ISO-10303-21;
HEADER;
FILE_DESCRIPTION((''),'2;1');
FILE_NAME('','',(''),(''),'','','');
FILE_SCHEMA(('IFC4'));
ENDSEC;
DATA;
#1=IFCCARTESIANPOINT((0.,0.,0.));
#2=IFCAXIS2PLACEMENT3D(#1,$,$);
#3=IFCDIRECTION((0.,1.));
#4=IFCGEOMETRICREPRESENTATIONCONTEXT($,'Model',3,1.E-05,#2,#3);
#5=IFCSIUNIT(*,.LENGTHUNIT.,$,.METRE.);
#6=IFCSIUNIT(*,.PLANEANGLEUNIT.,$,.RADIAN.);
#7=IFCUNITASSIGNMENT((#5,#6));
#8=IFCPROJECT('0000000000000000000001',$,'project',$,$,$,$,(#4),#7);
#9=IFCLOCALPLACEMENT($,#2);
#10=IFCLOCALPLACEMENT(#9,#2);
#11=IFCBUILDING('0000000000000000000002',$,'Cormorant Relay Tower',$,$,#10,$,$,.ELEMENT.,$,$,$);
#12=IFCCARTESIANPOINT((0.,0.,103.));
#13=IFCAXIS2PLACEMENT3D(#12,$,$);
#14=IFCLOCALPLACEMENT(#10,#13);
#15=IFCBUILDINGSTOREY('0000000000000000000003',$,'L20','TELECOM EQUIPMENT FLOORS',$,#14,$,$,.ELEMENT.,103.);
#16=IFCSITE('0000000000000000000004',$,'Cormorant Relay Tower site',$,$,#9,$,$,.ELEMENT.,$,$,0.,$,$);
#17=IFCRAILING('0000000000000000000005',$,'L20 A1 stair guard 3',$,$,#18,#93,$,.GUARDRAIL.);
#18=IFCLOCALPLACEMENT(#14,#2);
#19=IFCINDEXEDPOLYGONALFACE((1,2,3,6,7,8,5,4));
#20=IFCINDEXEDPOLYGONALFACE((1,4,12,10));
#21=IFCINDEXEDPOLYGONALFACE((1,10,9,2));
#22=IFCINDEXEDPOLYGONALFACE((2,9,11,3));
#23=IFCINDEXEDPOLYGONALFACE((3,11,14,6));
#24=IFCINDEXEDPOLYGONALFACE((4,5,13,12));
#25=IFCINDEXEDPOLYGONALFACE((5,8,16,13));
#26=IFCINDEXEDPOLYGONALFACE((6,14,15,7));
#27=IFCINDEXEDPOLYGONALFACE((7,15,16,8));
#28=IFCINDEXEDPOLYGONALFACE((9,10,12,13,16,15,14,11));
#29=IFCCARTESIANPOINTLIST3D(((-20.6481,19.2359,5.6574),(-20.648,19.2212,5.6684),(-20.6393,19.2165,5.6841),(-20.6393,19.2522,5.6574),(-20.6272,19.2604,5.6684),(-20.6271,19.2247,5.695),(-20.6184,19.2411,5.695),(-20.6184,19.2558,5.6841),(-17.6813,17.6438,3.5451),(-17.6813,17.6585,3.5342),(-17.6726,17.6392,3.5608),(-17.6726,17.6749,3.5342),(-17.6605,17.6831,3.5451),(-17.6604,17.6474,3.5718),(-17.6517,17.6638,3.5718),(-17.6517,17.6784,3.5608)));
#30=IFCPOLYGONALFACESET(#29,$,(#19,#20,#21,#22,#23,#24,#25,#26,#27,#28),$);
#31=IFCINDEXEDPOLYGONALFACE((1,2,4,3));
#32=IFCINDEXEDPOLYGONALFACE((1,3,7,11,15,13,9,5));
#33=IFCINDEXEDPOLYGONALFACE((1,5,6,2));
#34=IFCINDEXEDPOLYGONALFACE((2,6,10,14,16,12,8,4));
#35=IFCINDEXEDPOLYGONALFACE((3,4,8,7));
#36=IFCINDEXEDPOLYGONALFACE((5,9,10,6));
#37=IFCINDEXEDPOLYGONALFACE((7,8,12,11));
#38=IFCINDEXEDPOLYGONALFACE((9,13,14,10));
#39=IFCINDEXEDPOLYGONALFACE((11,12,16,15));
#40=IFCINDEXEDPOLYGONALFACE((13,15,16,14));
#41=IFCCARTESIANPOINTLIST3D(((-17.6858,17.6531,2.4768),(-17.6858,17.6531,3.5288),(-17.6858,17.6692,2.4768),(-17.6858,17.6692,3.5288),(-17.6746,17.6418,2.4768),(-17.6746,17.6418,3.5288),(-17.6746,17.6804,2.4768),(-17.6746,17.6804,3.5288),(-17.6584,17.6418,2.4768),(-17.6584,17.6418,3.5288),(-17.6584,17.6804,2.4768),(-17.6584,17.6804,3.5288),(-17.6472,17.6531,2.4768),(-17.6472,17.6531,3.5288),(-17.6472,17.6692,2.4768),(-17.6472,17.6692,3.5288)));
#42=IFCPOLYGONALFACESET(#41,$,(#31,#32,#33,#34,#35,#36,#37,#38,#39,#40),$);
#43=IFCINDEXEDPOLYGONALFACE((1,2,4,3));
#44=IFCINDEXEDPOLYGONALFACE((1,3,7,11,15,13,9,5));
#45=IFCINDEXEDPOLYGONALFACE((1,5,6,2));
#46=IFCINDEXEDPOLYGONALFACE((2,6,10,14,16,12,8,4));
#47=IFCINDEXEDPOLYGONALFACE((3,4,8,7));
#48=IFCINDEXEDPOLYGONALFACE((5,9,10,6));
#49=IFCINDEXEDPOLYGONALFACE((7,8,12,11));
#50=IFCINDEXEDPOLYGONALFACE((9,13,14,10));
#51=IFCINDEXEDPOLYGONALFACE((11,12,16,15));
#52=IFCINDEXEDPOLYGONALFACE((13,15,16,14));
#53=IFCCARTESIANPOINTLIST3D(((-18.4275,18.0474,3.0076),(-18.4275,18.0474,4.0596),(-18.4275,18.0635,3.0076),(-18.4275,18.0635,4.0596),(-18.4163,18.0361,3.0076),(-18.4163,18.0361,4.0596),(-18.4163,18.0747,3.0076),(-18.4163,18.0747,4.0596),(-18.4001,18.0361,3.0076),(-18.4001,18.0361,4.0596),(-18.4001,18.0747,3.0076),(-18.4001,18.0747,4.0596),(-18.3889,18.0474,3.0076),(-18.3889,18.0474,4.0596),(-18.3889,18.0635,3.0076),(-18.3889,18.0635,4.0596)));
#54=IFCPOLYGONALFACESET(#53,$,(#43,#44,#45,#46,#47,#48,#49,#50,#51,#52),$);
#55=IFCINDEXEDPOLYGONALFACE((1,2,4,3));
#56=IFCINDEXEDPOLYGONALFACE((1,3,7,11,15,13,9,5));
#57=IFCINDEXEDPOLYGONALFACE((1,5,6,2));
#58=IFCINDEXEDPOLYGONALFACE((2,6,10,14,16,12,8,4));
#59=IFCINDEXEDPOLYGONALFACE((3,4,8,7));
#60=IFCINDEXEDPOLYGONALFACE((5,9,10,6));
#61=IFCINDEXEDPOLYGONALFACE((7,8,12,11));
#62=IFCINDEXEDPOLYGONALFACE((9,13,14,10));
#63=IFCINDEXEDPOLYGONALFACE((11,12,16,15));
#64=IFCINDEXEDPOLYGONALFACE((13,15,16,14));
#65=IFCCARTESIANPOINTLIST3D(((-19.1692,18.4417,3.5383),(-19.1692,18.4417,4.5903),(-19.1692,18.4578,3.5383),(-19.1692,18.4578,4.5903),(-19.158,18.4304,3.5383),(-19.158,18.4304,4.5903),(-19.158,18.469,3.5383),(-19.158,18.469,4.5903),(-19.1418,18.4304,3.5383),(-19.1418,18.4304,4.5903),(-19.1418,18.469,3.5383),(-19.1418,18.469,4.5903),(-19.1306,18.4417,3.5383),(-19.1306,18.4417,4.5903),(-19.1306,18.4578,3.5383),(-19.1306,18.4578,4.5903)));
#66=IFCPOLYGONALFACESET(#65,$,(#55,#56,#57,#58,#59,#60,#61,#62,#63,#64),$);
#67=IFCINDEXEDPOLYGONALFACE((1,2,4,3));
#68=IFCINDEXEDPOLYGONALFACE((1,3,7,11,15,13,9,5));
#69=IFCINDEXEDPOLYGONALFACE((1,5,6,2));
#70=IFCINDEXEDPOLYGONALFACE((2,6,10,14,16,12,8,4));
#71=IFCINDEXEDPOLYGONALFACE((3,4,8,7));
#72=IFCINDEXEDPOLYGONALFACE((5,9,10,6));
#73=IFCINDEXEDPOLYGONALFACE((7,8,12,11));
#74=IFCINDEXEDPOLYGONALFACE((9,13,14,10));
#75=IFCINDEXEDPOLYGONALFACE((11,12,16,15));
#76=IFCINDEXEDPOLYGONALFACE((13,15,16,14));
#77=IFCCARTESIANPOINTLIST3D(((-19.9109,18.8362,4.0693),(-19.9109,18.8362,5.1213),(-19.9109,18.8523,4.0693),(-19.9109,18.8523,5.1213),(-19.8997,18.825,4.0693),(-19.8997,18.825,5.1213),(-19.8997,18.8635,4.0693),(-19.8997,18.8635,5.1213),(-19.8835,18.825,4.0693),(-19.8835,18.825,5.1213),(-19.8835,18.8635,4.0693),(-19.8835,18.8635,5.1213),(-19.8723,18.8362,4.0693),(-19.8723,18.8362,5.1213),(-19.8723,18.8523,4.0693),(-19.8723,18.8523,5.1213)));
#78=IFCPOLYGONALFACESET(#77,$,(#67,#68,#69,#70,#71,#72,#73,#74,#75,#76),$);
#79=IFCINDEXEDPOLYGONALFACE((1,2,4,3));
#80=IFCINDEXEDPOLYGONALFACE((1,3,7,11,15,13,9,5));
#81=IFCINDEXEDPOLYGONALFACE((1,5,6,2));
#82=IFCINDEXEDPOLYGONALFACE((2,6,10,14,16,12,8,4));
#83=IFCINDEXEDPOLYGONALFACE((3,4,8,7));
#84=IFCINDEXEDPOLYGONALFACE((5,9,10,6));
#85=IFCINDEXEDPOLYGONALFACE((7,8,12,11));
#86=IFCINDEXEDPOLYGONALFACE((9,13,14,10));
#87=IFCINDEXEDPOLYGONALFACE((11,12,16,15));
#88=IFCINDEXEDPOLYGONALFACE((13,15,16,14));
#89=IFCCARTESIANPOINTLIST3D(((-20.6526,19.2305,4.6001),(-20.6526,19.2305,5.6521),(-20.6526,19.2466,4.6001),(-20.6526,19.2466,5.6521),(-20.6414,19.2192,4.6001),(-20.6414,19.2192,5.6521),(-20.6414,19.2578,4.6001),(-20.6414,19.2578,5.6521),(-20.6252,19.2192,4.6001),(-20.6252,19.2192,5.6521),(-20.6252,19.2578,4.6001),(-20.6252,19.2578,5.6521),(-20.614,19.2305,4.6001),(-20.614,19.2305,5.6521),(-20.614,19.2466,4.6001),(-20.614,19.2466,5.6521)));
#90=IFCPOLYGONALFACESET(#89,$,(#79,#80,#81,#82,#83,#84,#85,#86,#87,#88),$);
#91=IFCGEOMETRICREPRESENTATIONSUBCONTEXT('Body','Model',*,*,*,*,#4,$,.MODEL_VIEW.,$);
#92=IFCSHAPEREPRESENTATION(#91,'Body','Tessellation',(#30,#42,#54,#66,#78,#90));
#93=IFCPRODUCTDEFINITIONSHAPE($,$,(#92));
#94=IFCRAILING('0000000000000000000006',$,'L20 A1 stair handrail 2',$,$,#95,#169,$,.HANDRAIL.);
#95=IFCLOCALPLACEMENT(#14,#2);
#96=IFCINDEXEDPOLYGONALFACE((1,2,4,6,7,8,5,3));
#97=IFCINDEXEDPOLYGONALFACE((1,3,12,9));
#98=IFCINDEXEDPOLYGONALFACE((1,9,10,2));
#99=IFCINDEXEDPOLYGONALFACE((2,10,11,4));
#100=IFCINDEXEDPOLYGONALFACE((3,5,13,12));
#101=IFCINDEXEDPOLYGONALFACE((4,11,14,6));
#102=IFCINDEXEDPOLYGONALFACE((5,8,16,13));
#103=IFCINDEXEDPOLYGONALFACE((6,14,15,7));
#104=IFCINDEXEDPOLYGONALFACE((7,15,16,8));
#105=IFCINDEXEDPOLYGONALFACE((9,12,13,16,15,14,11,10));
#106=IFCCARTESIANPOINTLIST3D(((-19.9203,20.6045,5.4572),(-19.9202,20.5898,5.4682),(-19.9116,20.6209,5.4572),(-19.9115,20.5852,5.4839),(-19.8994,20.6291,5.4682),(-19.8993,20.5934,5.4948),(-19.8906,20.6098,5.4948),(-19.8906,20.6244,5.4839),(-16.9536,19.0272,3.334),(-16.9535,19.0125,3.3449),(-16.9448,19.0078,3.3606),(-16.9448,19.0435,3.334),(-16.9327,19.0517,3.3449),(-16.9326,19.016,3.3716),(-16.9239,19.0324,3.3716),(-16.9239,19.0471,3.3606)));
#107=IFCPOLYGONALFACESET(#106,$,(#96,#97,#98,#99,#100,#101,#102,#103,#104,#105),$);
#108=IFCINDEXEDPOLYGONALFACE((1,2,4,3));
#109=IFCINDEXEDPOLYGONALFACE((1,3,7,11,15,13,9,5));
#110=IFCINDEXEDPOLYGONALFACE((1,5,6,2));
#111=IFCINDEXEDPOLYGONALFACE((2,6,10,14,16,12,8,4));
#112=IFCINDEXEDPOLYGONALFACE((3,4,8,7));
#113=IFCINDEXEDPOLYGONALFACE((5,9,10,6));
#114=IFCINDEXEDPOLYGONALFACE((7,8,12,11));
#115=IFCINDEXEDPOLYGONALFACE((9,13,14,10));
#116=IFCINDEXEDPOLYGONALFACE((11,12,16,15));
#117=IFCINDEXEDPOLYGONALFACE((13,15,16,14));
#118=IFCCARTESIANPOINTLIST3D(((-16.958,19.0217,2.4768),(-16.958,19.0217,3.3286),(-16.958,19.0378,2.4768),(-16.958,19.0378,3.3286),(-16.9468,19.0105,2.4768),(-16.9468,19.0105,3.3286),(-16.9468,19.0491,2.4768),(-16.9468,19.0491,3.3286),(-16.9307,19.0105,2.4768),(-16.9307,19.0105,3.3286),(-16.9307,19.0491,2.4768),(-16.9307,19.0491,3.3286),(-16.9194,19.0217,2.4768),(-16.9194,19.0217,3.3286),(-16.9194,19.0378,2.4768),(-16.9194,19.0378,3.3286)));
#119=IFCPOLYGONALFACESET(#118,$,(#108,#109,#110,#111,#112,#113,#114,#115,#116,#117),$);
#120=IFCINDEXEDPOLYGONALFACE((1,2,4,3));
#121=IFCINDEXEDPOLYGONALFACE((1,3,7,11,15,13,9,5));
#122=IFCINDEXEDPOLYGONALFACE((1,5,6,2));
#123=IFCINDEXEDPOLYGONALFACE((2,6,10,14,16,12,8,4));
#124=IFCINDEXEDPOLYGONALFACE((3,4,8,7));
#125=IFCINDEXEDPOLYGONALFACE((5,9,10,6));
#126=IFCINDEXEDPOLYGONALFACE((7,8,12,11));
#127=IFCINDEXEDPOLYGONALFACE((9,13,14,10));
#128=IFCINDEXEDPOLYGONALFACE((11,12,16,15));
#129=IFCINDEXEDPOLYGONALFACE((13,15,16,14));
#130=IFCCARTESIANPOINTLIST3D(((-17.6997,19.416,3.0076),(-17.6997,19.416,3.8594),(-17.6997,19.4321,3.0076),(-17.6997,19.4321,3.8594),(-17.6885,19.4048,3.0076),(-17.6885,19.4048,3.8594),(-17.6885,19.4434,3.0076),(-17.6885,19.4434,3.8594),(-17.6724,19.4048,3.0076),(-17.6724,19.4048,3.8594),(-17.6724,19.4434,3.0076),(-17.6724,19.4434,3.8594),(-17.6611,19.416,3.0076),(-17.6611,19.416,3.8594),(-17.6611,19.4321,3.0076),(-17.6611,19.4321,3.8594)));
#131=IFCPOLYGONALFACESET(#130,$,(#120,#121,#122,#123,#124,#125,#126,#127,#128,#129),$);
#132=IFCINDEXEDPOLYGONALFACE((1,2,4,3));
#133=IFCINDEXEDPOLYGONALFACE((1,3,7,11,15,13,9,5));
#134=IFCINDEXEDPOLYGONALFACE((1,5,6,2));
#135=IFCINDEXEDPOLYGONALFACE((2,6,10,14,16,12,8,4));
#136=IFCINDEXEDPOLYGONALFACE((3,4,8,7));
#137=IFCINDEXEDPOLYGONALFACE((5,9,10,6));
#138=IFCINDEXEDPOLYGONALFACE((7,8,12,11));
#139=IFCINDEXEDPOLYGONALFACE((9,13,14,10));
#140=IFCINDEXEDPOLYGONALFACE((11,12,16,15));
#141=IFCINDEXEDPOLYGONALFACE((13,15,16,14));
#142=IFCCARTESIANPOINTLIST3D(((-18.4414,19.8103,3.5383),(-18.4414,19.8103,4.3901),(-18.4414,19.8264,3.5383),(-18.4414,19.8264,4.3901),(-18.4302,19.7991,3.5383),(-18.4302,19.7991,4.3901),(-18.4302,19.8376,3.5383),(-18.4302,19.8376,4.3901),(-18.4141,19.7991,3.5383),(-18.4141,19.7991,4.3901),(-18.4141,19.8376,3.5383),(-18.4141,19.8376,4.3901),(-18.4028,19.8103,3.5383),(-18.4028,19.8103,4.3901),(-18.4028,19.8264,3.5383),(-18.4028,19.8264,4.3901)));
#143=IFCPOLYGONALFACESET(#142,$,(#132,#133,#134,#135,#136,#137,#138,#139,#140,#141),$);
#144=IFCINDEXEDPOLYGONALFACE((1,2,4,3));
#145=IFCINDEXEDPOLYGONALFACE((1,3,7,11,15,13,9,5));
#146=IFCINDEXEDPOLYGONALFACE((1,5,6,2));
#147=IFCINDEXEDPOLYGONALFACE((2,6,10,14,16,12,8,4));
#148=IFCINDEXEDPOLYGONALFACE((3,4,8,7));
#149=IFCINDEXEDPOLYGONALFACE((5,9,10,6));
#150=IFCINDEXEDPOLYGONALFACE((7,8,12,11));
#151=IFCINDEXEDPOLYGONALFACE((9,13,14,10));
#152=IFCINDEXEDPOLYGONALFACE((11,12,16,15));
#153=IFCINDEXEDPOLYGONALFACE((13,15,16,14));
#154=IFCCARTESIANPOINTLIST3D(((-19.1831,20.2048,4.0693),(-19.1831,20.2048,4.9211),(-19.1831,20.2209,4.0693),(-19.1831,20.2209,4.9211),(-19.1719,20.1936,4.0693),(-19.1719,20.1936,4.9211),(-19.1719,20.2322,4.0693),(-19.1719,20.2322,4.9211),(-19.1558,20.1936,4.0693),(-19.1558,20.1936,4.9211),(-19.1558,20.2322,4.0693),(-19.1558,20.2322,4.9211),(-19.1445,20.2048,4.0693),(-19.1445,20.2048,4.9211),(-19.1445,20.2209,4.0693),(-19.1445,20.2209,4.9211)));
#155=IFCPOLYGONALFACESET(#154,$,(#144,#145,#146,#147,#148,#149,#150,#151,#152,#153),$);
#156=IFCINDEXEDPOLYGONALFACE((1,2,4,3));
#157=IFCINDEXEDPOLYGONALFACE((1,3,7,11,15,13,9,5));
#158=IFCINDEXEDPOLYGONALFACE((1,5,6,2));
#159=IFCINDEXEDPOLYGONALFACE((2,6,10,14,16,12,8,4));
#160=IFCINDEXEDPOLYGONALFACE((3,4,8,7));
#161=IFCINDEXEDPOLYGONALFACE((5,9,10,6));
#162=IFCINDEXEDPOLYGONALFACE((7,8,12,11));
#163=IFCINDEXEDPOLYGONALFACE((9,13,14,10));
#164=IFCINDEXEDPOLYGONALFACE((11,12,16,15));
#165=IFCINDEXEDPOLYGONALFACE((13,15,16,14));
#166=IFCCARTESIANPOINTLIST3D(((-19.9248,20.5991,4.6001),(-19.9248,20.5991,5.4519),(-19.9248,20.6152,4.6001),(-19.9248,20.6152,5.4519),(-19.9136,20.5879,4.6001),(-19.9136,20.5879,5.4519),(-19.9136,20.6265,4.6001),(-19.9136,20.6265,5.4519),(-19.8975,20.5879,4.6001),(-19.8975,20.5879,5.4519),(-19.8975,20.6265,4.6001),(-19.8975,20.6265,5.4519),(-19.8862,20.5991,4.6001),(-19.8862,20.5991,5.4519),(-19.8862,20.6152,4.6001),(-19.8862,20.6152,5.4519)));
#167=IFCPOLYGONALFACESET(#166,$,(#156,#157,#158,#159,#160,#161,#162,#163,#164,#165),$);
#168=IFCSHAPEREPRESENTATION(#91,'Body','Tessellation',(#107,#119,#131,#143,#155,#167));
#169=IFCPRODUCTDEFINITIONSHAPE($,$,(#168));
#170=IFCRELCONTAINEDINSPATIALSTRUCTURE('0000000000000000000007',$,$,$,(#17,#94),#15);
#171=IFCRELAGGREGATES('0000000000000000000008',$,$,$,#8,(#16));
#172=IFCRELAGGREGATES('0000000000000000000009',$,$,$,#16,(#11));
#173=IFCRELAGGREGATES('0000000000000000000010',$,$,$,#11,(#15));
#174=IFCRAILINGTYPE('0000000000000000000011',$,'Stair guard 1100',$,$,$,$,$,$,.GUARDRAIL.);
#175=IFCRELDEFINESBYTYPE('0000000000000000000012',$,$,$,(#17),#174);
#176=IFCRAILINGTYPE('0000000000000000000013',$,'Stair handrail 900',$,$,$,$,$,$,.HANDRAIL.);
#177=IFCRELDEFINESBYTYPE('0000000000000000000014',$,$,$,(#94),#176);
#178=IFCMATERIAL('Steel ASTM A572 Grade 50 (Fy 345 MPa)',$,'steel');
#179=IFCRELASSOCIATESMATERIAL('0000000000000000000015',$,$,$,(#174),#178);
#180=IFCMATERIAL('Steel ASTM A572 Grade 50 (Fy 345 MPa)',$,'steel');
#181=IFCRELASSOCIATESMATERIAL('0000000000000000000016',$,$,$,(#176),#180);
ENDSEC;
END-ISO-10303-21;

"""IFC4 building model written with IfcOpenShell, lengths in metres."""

from ifc_helpers import new_model, si_unit, direction, frame, origin, place, context, subcontext, project, spatial, polyline, outline, extrude, material, type_object, element, save


model = new_model("IFC4")

# Units and contexts
model_context = context("Model", 3, precision=1e-05, world=origin(), true_north=direction((0.0, 1.0)))
body_context = subcontext(model_context, "Body", "Model", "MODEL_VIEW")
ifc_project = project(units=[si_unit("LENGTHUNIT", "METRE"), si_unit("PLANEANGLEUNIT", "RADIAN")], contexts=[model_context])

# Site, building, storey
site_placement = place(None, origin())
site = spatial("IfcSite", under=ifc_project, at=site_placement, Name="Cormorant Relay Tower site", CompositionType="ELEMENT", RefElevation=0.0)
building_placement = place(site_placement, origin())
building = spatial("IfcBuilding", under=site, at=building_placement, Name="Cormorant Relay Tower", CompositionType="ELEMENT")
storey_placement = place(building_placement, frame((0.0, 0.0, 103.0)))
storey = spatial("IfcBuildingStorey", under=building, at=storey_placement, Name="L20", Description="TELECOM EQUIPMENT FLOORS", CompositionType="ELEMENT", Elevation=103.0)

# Railings
ifc_material_1 = material(Name="Steel ASTM A572 Grade 50 (Fy 345 MPa)", Category="steel")
railing_type_1 = type_object("IfcRailingType", Name="Stair guard 1100", PredefinedType="GUARDRAIL", material=ifc_material_1)
railing_1_placement = place(storey_placement, frame((-17.6665, 17.6611, 2.4768)))
element("IfcRailing", 1, at=railing_1_placement, inside=storey, type_object=railing_type_1, Name="L20 A1 stair guard 3", PredefinedType="GUARDRAIL", context=body_context, shape_type="SweptSolid", body=[
    extrude(outline(polyline([(0.0222, 0.0093), (0.0093, 0.0222), (-0.0093, 0.0222), (-0.0222, 0.0093), (-0.0222, -0.0093), (-0.0093, -0.0222), (0.0093, -0.0222), (0.0222, -0.0093), (0.0222, 0.0093)])), frame((0.0, 0.0, 1.0762), z_axis=(-0.746416, 0.396856, 0.534199), x_axis=(-0.469453, -0.882958, 0.0)), (0.0, 0.0, 1.0), 3.9746),
    extrude(outline(polyline([(0.0193, 0.0081), (0.0081, 0.0193), (-0.0081, 0.0193), (-0.0193, 0.0081), (-0.0193, -0.0081), (-0.0081, -0.0193), (0.0081, -0.0193), (0.0193, -0.0081), (0.0193, 0.0081)])), origin(), (0.0, 0.0, 1.0), 1.052),
    extrude(outline(polyline([(0.0193, 0.0081), (0.0081, 0.0193), (-0.0081, 0.0193), (-0.0193, 0.0081), (-0.0193, -0.0081), (-0.0081, -0.0193), (0.0081, -0.0193), (0.0193, -0.0081), (0.0193, 0.0081)])), frame((-0.7417, 0.3943, 0.5308)), (0.0, 0.0, 1.0), 1.052),
    extrude(outline(polyline([(0.0193, 0.0081), (0.0081, 0.0193), (-0.0081, 0.0193), (-0.0193, 0.0081), (-0.0193, -0.0081), (-0.0081, -0.0193), (0.0081, -0.0193), (0.0193, -0.0081), (0.0193, 0.0081)])), frame((-1.4834, 0.7886, 1.0615)), (0.0, 0.0, 1.0), 1.052),
    extrude(outline(polyline([(0.0193, 0.0081), (0.0081, 0.0193), (-0.0081, 0.0193), (-0.0193, 0.0081), (-0.0193, -0.0081), (-0.0081, -0.0193), (0.0081, -0.0193), (0.0193, -0.0081), (0.0193, 0.0081)])), frame((-2.2251, 1.1831, 1.5925)), (0.0, 0.0, 1.0), 1.052),
    extrude(outline(polyline([(0.0193, 0.0081), (0.0081, 0.0193), (-0.0081, 0.0193), (-0.0193, 0.0081), (-0.0193, -0.0081), (-0.0081, -0.0193), (0.0081, -0.0193), (0.0193, -0.0081), (0.0193, 0.0081)])), frame((-2.9668, 1.5774, 2.1233)), (0.0, 0.0, 1.0), 1.052),
])
ifc_material_2 = material(Name="Steel ASTM A572 Grade 50 (Fy 345 MPa)", Category="steel")
railing_type_2 = type_object("IfcRailingType", Name="Stair handrail 900", PredefinedType="HANDRAIL", material=ifc_material_2)
railing_2_placement = place(storey_placement, frame((-16.9387, 19.0298, 2.4768)))
element("IfcRailing", 2, at=railing_2_placement, inside=storey, type_object=railing_type_2, Name="L20 A1 stair handrail 2", PredefinedType="HANDRAIL", context=body_context, shape_type="SweptSolid", body=[
    extrude(outline(polyline([(0.0222, 0.0093), (0.0093, 0.0222), (-0.0093, 0.0222), (-0.0222, 0.0093), (-0.0222, -0.0093), (-0.0093, -0.0222), (0.0093, -0.0222), (0.0222, -0.0093), (0.0222, 0.0093)])), frame((0.0, 0.0, 0.876), z_axis=(-0.746416, 0.396856, 0.534199), x_axis=(-0.469453, -0.882958, 0.0)), (0.0, 0.0, 1.0), 3.9746),
    extrude(outline(polyline([(0.0193, 0.0081), (0.0081, 0.0193), (-0.0081, 0.0193), (-0.0193, 0.0081), (-0.0193, -0.0081), (-0.0081, -0.0193), (0.0081, -0.0193), (0.0193, -0.0081), (0.0193, 0.0081)])), origin(), (0.0, 0.0, 1.0), 0.8518),
    extrude(outline(polyline([(0.0193, 0.0081), (0.0081, 0.0193), (-0.0081, 0.0193), (-0.0193, 0.0081), (-0.0193, -0.0081), (-0.0081, -0.0193), (0.0081, -0.0193), (0.0193, -0.0081), (0.0193, 0.0081)])), frame((-0.7417, 0.3943, 0.5308)), (0.0, 0.0, 1.0), 0.8518),
    extrude(outline(polyline([(0.0193, 0.0081), (0.0081, 0.0193), (-0.0081, 0.0193), (-0.0193, 0.0081), (-0.0193, -0.0081), (-0.0081, -0.0193), (0.0081, -0.0193), (0.0193, -0.0081), (0.0193, 0.0081)])), frame((-1.4834, 0.7886, 1.0615)), (0.0, 0.0, 1.0), 0.8518),
    extrude(outline(polyline([(0.0193, 0.0081), (0.0081, 0.0193), (-0.0081, 0.0193), (-0.0193, 0.0081), (-0.0193, -0.0081), (-0.0081, -0.0193), (0.0081, -0.0193), (0.0193, -0.0081), (0.0193, 0.0081)])), frame((-2.2251, 1.1831, 1.5925)), (0.0, 0.0, 1.0), 0.8518),
    extrude(outline(polyline([(0.0193, 0.0081), (0.0081, 0.0193), (-0.0081, 0.0193), (-0.0193, 0.0081), (-0.0193, -0.0081), (-0.0081, -0.0193), (0.0081, -0.0193), (0.0193, -0.0081), (0.0193, 0.0081)])), frame((-2.9668, 1.5774, 2.1233)), (0.0, 0.0, 1.0), 0.8518),
])

save(model, "model.ifc")
